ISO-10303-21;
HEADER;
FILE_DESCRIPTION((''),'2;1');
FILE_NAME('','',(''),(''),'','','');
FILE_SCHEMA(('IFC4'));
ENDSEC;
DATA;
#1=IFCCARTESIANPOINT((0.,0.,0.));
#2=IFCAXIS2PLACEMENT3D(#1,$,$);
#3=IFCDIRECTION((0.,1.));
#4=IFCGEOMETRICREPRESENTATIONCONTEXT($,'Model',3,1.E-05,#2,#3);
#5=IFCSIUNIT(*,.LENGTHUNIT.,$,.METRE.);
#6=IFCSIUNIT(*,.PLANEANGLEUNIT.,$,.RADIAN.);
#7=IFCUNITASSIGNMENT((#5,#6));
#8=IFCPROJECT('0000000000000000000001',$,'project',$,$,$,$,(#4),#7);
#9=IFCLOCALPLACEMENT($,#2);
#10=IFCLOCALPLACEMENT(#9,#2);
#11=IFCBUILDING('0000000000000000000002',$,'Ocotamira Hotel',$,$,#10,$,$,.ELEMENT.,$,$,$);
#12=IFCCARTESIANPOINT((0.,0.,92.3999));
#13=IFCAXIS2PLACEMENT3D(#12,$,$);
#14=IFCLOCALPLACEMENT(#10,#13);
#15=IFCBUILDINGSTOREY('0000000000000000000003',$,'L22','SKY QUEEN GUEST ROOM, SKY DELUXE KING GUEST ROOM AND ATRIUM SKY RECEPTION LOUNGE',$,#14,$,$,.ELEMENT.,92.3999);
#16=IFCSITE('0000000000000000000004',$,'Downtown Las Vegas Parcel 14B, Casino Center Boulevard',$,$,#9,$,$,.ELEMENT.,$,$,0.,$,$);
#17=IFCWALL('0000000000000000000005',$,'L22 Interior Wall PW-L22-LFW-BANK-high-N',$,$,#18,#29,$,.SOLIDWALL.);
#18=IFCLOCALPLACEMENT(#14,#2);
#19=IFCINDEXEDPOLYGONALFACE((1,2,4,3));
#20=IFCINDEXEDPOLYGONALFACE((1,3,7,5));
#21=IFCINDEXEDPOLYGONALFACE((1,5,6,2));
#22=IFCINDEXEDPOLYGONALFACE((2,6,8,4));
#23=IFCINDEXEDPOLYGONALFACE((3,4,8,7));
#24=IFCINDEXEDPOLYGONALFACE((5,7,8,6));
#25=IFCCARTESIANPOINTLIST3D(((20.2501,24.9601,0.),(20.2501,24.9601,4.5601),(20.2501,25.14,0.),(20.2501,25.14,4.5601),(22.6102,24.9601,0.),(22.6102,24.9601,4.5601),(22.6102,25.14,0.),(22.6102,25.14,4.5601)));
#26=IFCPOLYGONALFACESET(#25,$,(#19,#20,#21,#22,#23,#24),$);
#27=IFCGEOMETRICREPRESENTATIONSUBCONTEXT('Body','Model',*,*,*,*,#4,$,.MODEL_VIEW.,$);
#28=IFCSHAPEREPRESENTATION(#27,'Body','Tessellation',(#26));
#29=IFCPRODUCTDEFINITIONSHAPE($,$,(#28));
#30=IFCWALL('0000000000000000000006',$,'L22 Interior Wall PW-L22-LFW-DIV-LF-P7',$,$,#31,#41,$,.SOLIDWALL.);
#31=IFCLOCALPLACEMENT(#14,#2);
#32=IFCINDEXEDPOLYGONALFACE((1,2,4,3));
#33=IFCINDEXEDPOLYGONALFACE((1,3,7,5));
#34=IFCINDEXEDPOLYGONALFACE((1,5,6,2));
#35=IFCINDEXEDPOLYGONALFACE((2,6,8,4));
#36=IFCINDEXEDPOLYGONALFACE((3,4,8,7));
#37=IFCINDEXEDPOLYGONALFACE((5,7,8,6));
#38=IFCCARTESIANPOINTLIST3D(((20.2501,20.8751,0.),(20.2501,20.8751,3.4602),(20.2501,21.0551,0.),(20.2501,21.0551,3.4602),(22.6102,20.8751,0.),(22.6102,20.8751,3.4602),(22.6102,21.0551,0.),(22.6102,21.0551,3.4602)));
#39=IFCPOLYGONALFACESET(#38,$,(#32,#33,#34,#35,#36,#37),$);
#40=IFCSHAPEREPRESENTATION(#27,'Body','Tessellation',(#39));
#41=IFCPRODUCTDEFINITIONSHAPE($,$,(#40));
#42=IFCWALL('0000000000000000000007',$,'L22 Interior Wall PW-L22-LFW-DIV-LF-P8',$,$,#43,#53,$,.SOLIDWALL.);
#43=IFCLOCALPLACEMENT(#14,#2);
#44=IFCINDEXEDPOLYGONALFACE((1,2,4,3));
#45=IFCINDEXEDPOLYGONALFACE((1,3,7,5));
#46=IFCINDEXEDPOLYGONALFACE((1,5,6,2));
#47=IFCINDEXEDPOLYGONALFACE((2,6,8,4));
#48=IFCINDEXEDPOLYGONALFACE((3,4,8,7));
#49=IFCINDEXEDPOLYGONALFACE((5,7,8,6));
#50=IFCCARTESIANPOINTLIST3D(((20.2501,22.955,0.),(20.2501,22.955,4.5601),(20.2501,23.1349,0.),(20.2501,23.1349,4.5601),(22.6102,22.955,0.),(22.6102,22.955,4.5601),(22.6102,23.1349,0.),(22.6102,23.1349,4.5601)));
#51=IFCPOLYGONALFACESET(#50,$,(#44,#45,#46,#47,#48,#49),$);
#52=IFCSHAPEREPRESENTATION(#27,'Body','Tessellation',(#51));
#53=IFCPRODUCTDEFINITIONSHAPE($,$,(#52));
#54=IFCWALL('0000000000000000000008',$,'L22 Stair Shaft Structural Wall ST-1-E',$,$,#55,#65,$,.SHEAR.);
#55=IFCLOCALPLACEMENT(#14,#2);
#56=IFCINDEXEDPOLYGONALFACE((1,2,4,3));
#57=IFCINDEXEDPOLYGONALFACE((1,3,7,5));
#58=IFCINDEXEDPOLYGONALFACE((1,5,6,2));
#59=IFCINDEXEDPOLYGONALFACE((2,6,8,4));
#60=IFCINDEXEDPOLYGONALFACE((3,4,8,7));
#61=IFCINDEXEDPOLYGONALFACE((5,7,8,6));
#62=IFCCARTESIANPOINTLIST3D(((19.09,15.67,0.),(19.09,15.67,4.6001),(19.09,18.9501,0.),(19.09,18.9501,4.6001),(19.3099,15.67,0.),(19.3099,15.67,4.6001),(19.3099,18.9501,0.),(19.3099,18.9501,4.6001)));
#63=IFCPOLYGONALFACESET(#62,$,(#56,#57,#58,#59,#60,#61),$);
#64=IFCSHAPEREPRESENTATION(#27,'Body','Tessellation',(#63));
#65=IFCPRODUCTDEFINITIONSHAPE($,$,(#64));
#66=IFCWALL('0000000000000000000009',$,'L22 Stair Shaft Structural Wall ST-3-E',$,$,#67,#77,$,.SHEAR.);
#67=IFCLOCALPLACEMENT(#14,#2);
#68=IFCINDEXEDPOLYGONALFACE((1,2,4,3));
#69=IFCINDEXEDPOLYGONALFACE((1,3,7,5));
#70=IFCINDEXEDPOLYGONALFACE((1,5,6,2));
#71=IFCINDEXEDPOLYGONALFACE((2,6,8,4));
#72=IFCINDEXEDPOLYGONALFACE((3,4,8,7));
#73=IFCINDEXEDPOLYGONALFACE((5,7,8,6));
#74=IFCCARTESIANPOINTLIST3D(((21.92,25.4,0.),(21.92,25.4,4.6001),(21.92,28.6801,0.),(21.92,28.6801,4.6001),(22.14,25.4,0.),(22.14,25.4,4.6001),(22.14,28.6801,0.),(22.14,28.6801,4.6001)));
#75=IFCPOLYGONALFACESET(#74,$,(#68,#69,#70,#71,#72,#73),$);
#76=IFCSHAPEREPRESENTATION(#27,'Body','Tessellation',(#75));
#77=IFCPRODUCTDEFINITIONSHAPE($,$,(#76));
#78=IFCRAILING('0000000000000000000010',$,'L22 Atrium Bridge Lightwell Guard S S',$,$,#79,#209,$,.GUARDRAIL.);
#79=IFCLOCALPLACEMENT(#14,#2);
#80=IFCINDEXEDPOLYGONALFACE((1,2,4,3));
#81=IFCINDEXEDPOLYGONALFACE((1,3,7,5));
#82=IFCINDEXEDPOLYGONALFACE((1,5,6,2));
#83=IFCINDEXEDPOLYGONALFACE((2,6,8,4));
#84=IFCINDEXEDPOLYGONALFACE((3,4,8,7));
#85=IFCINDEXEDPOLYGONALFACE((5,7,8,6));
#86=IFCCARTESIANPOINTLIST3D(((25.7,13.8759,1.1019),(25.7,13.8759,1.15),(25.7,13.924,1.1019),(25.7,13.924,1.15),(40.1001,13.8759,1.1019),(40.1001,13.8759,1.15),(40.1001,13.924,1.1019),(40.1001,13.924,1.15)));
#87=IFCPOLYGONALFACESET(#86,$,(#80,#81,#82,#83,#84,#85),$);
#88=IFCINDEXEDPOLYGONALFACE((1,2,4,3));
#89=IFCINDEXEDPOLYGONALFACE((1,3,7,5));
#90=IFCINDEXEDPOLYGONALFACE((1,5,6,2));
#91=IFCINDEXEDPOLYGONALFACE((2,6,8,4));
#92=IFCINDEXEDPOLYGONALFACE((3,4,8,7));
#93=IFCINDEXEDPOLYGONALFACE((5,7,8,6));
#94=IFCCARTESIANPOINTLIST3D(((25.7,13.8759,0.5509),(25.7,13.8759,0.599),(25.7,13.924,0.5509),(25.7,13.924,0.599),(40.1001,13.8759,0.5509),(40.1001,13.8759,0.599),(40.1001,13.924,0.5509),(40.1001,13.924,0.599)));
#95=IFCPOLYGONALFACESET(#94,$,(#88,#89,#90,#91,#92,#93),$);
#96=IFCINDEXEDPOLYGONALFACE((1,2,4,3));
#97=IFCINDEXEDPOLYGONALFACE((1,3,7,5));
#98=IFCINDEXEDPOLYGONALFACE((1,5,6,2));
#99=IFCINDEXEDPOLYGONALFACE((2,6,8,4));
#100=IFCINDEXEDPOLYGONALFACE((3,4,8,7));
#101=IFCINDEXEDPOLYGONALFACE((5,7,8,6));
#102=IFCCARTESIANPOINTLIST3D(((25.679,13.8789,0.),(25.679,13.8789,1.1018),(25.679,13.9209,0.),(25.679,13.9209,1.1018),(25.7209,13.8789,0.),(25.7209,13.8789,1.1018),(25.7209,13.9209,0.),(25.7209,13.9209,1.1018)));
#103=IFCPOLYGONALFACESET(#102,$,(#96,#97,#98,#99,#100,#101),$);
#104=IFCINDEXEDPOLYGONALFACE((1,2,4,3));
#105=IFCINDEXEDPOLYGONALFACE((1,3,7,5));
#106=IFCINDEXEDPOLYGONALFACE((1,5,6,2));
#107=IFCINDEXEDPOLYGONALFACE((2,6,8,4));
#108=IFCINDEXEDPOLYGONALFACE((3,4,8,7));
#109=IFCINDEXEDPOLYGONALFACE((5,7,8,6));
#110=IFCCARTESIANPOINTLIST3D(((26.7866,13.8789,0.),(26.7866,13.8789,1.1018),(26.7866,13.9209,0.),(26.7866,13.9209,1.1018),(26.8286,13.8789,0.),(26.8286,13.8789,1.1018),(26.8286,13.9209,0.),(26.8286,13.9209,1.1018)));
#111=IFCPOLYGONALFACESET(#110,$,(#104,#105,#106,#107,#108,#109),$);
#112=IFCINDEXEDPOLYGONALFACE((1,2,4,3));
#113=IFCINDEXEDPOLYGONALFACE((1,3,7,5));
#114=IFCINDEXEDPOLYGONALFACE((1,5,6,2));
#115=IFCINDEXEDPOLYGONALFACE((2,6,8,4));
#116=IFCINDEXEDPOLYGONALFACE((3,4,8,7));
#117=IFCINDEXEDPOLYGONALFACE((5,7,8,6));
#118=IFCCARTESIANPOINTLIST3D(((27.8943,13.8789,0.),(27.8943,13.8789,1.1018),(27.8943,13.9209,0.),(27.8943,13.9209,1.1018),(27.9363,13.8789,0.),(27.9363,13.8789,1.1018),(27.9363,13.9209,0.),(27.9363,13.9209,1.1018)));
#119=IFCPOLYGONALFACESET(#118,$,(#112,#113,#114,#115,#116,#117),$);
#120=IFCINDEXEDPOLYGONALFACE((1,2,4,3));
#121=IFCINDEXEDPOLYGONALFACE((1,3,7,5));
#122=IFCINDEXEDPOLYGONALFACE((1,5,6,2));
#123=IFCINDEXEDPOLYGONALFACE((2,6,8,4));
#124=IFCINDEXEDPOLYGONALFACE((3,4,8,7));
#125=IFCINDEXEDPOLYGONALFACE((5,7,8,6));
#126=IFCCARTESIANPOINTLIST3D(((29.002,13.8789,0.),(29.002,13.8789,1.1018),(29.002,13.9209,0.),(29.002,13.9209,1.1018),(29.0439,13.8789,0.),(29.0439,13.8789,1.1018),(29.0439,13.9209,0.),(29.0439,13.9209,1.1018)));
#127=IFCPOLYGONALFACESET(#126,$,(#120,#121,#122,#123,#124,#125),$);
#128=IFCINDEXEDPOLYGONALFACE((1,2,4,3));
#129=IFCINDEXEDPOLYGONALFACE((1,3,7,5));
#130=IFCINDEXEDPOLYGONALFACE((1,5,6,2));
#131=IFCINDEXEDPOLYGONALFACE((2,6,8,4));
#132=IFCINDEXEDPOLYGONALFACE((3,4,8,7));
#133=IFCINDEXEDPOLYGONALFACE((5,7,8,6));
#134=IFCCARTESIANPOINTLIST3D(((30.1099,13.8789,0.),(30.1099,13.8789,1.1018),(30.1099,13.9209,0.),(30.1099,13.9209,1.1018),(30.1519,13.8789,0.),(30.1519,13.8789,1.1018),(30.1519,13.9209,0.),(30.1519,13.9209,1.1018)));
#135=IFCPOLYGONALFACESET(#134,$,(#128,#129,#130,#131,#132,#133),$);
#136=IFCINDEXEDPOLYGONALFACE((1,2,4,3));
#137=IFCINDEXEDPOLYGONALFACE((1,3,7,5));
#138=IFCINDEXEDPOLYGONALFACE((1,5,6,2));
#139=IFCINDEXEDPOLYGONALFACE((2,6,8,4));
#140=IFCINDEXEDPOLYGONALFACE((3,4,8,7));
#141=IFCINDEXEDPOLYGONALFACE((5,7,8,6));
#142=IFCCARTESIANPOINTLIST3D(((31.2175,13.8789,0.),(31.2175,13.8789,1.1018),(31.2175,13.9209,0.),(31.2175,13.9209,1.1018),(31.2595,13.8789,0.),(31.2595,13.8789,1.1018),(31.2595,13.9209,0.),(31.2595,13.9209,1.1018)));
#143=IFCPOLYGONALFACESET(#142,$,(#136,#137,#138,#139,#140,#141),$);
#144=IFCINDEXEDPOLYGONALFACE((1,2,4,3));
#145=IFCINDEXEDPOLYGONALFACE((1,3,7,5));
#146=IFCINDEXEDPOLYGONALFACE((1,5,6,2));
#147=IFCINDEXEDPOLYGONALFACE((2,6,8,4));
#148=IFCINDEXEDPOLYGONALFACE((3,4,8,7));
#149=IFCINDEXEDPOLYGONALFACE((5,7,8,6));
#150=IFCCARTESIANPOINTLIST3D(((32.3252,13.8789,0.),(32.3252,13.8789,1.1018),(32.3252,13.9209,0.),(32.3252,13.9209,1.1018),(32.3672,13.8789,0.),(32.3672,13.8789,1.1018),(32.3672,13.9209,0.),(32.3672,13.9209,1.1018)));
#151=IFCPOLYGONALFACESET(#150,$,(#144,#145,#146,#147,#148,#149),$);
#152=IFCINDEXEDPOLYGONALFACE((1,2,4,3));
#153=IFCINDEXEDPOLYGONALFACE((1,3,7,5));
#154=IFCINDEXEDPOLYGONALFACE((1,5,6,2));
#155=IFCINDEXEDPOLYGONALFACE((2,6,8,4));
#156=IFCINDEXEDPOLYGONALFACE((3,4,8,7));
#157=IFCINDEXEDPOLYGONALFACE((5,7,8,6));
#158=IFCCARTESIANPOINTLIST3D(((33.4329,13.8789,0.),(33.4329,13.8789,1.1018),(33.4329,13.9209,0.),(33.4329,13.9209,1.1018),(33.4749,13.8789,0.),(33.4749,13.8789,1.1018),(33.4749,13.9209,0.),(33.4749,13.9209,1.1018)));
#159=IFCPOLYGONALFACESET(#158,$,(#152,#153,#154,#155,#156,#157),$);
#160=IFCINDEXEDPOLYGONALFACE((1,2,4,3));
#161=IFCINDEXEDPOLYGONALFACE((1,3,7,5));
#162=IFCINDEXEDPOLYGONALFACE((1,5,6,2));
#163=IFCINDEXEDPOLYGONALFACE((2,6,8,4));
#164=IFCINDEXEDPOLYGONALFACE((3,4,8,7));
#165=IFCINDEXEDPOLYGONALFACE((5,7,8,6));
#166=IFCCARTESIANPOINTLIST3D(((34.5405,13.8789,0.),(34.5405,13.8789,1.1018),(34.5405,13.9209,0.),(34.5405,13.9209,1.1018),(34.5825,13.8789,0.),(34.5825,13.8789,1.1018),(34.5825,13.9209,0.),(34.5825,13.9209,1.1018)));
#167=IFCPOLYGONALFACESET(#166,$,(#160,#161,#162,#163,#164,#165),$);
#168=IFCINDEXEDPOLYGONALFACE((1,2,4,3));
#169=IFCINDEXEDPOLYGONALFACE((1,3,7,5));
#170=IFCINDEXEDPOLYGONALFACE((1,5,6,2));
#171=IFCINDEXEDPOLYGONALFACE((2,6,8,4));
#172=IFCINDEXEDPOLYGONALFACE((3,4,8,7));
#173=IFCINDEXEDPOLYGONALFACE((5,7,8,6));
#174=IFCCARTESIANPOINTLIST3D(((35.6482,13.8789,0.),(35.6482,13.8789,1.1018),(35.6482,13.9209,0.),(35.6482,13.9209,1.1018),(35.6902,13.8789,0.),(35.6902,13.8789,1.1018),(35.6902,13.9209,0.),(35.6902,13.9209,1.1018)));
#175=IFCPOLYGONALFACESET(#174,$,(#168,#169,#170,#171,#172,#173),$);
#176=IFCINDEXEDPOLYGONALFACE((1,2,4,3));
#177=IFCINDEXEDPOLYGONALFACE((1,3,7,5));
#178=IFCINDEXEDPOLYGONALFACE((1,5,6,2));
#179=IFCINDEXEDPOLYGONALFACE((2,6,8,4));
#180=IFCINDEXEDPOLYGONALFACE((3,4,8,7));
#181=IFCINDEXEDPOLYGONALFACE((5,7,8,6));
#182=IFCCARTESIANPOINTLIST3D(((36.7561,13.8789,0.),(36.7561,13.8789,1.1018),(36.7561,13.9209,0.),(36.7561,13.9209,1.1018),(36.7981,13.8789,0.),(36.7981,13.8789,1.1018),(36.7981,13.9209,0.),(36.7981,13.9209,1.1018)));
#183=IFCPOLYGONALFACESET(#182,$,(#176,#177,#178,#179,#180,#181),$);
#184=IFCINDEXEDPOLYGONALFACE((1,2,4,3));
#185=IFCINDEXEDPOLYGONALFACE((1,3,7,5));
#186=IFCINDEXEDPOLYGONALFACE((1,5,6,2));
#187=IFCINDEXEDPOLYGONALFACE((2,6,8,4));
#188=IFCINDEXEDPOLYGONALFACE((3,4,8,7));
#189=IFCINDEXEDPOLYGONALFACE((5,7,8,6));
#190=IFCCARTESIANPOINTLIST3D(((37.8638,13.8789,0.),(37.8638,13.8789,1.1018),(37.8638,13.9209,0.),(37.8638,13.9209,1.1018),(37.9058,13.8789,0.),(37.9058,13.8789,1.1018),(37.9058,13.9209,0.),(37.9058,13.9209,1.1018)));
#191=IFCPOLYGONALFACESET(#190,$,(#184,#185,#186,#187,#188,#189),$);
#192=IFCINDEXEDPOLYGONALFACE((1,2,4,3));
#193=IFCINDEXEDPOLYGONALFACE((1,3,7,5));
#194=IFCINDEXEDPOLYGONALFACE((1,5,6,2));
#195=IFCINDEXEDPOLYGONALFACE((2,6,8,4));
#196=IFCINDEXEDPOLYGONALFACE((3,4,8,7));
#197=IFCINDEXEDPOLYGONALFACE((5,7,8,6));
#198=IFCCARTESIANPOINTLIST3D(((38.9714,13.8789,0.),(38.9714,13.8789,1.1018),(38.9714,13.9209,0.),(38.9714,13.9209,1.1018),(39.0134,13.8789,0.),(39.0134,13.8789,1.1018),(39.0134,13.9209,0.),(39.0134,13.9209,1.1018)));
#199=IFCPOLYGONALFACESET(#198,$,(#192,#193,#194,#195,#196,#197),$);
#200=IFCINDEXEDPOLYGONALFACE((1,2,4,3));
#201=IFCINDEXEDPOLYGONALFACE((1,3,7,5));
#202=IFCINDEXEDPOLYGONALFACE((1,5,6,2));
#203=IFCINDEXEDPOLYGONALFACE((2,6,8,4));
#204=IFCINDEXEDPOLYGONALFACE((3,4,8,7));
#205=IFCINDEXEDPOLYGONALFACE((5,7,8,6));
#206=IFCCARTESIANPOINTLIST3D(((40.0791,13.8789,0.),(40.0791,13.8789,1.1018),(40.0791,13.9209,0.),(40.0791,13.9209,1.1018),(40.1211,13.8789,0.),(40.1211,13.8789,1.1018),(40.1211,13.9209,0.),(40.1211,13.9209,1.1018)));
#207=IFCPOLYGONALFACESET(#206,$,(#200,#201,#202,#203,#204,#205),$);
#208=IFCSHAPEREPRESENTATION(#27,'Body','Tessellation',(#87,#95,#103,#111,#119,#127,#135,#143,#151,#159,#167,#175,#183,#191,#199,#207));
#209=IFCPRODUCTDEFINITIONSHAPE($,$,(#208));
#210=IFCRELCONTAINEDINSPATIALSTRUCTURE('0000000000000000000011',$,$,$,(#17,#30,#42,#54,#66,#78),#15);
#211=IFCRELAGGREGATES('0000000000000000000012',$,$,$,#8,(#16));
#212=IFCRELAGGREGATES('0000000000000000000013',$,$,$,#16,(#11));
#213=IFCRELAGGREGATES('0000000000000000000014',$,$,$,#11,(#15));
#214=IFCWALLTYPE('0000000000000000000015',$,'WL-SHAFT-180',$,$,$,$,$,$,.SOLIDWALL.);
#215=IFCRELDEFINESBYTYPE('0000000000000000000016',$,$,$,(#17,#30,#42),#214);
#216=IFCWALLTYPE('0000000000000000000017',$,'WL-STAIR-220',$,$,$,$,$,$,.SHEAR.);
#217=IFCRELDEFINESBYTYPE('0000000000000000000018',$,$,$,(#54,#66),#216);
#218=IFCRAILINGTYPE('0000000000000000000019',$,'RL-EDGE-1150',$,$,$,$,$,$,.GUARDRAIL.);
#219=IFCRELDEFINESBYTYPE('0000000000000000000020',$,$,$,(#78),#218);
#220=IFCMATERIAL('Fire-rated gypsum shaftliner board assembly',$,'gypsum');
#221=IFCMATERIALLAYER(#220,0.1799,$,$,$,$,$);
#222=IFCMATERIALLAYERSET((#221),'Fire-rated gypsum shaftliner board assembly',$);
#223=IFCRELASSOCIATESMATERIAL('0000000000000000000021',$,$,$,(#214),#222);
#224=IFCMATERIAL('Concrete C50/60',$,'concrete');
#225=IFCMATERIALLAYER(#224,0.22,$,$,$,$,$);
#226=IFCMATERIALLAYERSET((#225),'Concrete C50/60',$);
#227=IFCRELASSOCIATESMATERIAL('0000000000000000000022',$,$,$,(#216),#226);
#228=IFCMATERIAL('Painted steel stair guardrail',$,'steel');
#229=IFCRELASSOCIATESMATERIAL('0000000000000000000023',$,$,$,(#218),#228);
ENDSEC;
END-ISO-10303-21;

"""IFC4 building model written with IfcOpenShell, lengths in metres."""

from ifc_helpers import new_model, si_unit, direction, frame, frame_2d, origin, origin_2d, place, context, subcontext, project, spatial, rectangle, extrude, material, layer, layer_set, type_object, element, save


model = new_model("IFC4")

# Units and contexts
model_context = context("Model", 3, precision=1e-05, world=origin(), true_north=direction((0.0, 1.0)))
body_context = subcontext(model_context, "Body", "Model", "MODEL_VIEW")
ifc_project = project(units=[si_unit("LENGTHUNIT", "METRE"), si_unit("PLANEANGLEUNIT", "RADIAN")], contexts=[model_context])

# Site, building, storey
site_placement = place(None, origin())
site = spatial("IfcSite", under=ifc_project, at=site_placement, Name="Downtown Las Vegas Parcel 14B, Casino Center Boulevard", CompositionType="ELEMENT", RefElevation=0.0)
building_placement = place(site_placement, origin())
building = spatial("IfcBuilding", under=site, at=building_placement, Name="Ocotamira Hotel", CompositionType="ELEMENT")
storey_placement = place(building_placement, frame((0.0, 0.0, 92.3999)))
storey = spatial("IfcBuildingStorey", under=building, at=storey_placement, Name="L22", Description="SKY QUEEN GUEST ROOM, SKY DELUXE KING GUEST ROOM AND ATRIUM SKY RECEPTION LOUNGE", CompositionType="ELEMENT", Elevation=92.3999)

# Shared definitions
ifc_material_1 = material(Name="Fire-rated gypsum shaftliner board assembly", Category="gypsum")
ifc_layer_1 = layer(ifc_material_1, 0.1799)
ifc_layer_set_1 = layer_set([ifc_layer_1], Name="Fire-rated gypsum shaftliner board assembly")
wall_type_1 = type_object("IfcWallType", Name="WL-SHAFT-180", PredefinedType="SOLIDWALL", material=ifc_layer_set_1)

# Walls
wall_1_placement = place(storey_placement, frame((20.25, 25.05, 0.0), z_axis=(0.0, 0.0, 1.0), x_axis=(1.0, 0.0, 0.0)))
element("IfcWall", 1, at=wall_1_placement, inside=storey, type_object=wall_type_1, Name="L22 Interior Wall PW-L22-LFW-BANK-high-N", PredefinedType="SOLIDWALL", context=body_context, shape_type="SweptSolid", body=[
    extrude(rectangle(XDim=2.3601, YDim=0.1799, at=frame_2d((1.1802, 0.0))), origin(), (0.0, 0.0, 1.0), 4.5601),
])
wall_2_placement = place(storey_placement, frame((20.25, 20.9651, 0.0), z_axis=(0.0, 0.0, 1.0), x_axis=(1.0, 0.0, 0.0)))
element("IfcWall", 2, at=wall_2_placement, inside=storey, type_object=wall_type_1, Name="L22 Interior Wall PW-L22-LFW-DIV-LF-P7", PredefinedType="SOLIDWALL", context=body_context, shape_type="SweptSolid", body=[
    extrude(rectangle(XDim=2.3601, YDim=0.1799, at=frame_2d((1.1802, 0.0))), origin(), (0.0, 0.0, 1.0), 3.4602),
])
wall_3_placement = place(storey_placement, frame((20.25, 23.0449, 0.0), z_axis=(0.0, 0.0, 1.0), x_axis=(1.0, 0.0, 0.0)))
element("IfcWall", 3, at=wall_3_placement, inside=storey, type_object=wall_type_1, Name="L22 Interior Wall PW-L22-LFW-DIV-LF-P8", PredefinedType="SOLIDWALL", context=body_context, shape_type="SweptSolid", body=[
    extrude(rectangle(XDim=2.3601, YDim=0.1799, at=frame_2d((1.1802, 0.0))), origin(), (0.0, 0.0, 1.0), 4.5601),
])
ifc_material_2 = material(Name="Concrete C50/60", Category="concrete")
ifc_layer_2 = layer(ifc_material_2, 0.22)
ifc_layer_set_2 = layer_set([ifc_layer_2], Name="Concrete C50/60")
wall_type_2 = type_object("IfcWallType", Name="WL-STAIR-220", PredefinedType="SHEAR", material=ifc_layer_set_2)
for number, where, z_axis, x_axis, name in (
    (4, (19.2, 15.6699, 0.0), (0.0, 0.0, 1.0), (0.0, 1.0, 0.0), "L22 Stair Shaft Structural Wall ST-1-E"),
    (5, (22.03, 25.3999, 0.0), (0.0, 0.0, 1.0), (0.0, 1.0, 0.0), "L22 Stair Shaft Structural Wall ST-3-E"),
):
    element("IfcWall", number, at=place(storey_placement, frame(where, z_axis=z_axis, x_axis=x_axis)), inside=storey, type_object=wall_type_2, Name=name, PredefinedType="SHEAR", context=body_context, shape_type="SweptSolid", body=[
        extrude(rectangle(XDim=3.28, YDim=0.22, at=frame_2d((1.6401, 0.0))), origin(), (0.0, 0.0, 1.0), 4.6001),
    ])

# Railing
ifc_material_3 = material(Name="Painted steel stair guardrail", Category="steel")
railing_type = type_object("IfcRailingType", Name="RL-EDGE-1150", PredefinedType="GUARDRAIL", material=ifc_material_3)
railing_1_placement = place(storey_placement, frame((25.7, 13.8999, 0.0)))
element("IfcRailing", 6, at=railing_1_placement, inside=storey, type_object=railing_type, Name="L22 Atrium Bridge Lightwell Guard S S", PredefinedType="GUARDRAIL", context=body_context, shape_type="SweptSolid", body=[
    extrude(rectangle(XDim=0.0481, YDim=0.0481, at=origin_2d()), frame((0.0, 0.0, 1.126), z_axis=(1.0, 0.0, 0.0), x_axis=(0.0, 1.0, 0.0)), (0.0, 0.0, 1.0), 14.4001),
    extrude(rectangle(XDim=0.0481, YDim=0.0481, at=origin_2d()), frame((0.0, 0.0, 0.575), z_axis=(1.0, 0.0, 0.0), x_axis=(0.0, 1.0, 0.0)), (0.0, 0.0, 1.0), 14.4001),
    extrude(rectangle(XDim=0.042, YDim=0.042, at=origin_2d()), origin(), (0.0, 0.0, 1.0), 1.1018),
    extrude(rectangle(XDim=0.042, YDim=0.042, at=origin_2d()), frame((1.1077, 0.0, 0.0)), (0.0, 0.0, 1.0), 1.1018),
    extrude(rectangle(XDim=0.042, YDim=0.042, at=origin_2d()), frame((2.2153, 0.0, 0.0)), (0.0, 0.0, 1.0), 1.1018),
    extrude(rectangle(XDim=0.042, YDim=0.042, at=origin_2d()), frame((3.323, 0.0, 0.0)), (0.0, 0.0, 1.0), 1.1018),
    extrude(rectangle(XDim=0.042, YDim=0.042, at=origin_2d()), frame((4.4309, 0.0, 0.0)), (0.0, 0.0, 1.0), 1.1018),
    extrude(rectangle(XDim=0.042, YDim=0.042, at=origin_2d()), frame((5.5386, 0.0, 0.0)), (0.0, 0.0, 1.0), 1.1018),
    extrude(rectangle(XDim=0.042, YDim=0.042, at=origin_2d()), frame((6.6462, 0.0, 0.0)), (0.0, 0.0, 1.0), 1.1018),
    extrude(rectangle(XDim=0.042, YDim=0.042, at=origin_2d()), frame((7.7539, 0.0, 0.0)), (0.0, 0.0, 1.0), 1.1018),
    extrude(rectangle(XDim=0.042, YDim=0.042, at=origin_2d()), frame((8.8616, 0.0, 0.0)), (0.0, 0.0, 1.0), 1.1018),
    extrude(rectangle(XDim=0.042, YDim=0.042, at=origin_2d()), frame((9.9692, 0.0, 0.0)), (0.0, 0.0, 1.0), 1.1018),
    extrude(rectangle(XDim=0.042, YDim=0.042, at=origin_2d()), frame((11.0771, 0.0, 0.0)), (0.0, 0.0, 1.0), 1.1018),
    extrude(rectangle(XDim=0.042, YDim=0.042, at=origin_2d()), frame((12.1848, 0.0, 0.0)), (0.0, 0.0, 1.0), 1.1018),
    extrude(rectangle(XDim=0.042, YDim=0.042, at=origin_2d()), frame((13.2925, 0.0, 0.0)), (0.0, 0.0, 1.0), 1.1018),
    extrude(rectangle(XDim=0.042, YDim=0.042, at=origin_2d()), frame((14.4001, 0.0, 0.0)), (0.0, 0.0, 1.0), 1.1018),
])

save(model, "model.ifc")
